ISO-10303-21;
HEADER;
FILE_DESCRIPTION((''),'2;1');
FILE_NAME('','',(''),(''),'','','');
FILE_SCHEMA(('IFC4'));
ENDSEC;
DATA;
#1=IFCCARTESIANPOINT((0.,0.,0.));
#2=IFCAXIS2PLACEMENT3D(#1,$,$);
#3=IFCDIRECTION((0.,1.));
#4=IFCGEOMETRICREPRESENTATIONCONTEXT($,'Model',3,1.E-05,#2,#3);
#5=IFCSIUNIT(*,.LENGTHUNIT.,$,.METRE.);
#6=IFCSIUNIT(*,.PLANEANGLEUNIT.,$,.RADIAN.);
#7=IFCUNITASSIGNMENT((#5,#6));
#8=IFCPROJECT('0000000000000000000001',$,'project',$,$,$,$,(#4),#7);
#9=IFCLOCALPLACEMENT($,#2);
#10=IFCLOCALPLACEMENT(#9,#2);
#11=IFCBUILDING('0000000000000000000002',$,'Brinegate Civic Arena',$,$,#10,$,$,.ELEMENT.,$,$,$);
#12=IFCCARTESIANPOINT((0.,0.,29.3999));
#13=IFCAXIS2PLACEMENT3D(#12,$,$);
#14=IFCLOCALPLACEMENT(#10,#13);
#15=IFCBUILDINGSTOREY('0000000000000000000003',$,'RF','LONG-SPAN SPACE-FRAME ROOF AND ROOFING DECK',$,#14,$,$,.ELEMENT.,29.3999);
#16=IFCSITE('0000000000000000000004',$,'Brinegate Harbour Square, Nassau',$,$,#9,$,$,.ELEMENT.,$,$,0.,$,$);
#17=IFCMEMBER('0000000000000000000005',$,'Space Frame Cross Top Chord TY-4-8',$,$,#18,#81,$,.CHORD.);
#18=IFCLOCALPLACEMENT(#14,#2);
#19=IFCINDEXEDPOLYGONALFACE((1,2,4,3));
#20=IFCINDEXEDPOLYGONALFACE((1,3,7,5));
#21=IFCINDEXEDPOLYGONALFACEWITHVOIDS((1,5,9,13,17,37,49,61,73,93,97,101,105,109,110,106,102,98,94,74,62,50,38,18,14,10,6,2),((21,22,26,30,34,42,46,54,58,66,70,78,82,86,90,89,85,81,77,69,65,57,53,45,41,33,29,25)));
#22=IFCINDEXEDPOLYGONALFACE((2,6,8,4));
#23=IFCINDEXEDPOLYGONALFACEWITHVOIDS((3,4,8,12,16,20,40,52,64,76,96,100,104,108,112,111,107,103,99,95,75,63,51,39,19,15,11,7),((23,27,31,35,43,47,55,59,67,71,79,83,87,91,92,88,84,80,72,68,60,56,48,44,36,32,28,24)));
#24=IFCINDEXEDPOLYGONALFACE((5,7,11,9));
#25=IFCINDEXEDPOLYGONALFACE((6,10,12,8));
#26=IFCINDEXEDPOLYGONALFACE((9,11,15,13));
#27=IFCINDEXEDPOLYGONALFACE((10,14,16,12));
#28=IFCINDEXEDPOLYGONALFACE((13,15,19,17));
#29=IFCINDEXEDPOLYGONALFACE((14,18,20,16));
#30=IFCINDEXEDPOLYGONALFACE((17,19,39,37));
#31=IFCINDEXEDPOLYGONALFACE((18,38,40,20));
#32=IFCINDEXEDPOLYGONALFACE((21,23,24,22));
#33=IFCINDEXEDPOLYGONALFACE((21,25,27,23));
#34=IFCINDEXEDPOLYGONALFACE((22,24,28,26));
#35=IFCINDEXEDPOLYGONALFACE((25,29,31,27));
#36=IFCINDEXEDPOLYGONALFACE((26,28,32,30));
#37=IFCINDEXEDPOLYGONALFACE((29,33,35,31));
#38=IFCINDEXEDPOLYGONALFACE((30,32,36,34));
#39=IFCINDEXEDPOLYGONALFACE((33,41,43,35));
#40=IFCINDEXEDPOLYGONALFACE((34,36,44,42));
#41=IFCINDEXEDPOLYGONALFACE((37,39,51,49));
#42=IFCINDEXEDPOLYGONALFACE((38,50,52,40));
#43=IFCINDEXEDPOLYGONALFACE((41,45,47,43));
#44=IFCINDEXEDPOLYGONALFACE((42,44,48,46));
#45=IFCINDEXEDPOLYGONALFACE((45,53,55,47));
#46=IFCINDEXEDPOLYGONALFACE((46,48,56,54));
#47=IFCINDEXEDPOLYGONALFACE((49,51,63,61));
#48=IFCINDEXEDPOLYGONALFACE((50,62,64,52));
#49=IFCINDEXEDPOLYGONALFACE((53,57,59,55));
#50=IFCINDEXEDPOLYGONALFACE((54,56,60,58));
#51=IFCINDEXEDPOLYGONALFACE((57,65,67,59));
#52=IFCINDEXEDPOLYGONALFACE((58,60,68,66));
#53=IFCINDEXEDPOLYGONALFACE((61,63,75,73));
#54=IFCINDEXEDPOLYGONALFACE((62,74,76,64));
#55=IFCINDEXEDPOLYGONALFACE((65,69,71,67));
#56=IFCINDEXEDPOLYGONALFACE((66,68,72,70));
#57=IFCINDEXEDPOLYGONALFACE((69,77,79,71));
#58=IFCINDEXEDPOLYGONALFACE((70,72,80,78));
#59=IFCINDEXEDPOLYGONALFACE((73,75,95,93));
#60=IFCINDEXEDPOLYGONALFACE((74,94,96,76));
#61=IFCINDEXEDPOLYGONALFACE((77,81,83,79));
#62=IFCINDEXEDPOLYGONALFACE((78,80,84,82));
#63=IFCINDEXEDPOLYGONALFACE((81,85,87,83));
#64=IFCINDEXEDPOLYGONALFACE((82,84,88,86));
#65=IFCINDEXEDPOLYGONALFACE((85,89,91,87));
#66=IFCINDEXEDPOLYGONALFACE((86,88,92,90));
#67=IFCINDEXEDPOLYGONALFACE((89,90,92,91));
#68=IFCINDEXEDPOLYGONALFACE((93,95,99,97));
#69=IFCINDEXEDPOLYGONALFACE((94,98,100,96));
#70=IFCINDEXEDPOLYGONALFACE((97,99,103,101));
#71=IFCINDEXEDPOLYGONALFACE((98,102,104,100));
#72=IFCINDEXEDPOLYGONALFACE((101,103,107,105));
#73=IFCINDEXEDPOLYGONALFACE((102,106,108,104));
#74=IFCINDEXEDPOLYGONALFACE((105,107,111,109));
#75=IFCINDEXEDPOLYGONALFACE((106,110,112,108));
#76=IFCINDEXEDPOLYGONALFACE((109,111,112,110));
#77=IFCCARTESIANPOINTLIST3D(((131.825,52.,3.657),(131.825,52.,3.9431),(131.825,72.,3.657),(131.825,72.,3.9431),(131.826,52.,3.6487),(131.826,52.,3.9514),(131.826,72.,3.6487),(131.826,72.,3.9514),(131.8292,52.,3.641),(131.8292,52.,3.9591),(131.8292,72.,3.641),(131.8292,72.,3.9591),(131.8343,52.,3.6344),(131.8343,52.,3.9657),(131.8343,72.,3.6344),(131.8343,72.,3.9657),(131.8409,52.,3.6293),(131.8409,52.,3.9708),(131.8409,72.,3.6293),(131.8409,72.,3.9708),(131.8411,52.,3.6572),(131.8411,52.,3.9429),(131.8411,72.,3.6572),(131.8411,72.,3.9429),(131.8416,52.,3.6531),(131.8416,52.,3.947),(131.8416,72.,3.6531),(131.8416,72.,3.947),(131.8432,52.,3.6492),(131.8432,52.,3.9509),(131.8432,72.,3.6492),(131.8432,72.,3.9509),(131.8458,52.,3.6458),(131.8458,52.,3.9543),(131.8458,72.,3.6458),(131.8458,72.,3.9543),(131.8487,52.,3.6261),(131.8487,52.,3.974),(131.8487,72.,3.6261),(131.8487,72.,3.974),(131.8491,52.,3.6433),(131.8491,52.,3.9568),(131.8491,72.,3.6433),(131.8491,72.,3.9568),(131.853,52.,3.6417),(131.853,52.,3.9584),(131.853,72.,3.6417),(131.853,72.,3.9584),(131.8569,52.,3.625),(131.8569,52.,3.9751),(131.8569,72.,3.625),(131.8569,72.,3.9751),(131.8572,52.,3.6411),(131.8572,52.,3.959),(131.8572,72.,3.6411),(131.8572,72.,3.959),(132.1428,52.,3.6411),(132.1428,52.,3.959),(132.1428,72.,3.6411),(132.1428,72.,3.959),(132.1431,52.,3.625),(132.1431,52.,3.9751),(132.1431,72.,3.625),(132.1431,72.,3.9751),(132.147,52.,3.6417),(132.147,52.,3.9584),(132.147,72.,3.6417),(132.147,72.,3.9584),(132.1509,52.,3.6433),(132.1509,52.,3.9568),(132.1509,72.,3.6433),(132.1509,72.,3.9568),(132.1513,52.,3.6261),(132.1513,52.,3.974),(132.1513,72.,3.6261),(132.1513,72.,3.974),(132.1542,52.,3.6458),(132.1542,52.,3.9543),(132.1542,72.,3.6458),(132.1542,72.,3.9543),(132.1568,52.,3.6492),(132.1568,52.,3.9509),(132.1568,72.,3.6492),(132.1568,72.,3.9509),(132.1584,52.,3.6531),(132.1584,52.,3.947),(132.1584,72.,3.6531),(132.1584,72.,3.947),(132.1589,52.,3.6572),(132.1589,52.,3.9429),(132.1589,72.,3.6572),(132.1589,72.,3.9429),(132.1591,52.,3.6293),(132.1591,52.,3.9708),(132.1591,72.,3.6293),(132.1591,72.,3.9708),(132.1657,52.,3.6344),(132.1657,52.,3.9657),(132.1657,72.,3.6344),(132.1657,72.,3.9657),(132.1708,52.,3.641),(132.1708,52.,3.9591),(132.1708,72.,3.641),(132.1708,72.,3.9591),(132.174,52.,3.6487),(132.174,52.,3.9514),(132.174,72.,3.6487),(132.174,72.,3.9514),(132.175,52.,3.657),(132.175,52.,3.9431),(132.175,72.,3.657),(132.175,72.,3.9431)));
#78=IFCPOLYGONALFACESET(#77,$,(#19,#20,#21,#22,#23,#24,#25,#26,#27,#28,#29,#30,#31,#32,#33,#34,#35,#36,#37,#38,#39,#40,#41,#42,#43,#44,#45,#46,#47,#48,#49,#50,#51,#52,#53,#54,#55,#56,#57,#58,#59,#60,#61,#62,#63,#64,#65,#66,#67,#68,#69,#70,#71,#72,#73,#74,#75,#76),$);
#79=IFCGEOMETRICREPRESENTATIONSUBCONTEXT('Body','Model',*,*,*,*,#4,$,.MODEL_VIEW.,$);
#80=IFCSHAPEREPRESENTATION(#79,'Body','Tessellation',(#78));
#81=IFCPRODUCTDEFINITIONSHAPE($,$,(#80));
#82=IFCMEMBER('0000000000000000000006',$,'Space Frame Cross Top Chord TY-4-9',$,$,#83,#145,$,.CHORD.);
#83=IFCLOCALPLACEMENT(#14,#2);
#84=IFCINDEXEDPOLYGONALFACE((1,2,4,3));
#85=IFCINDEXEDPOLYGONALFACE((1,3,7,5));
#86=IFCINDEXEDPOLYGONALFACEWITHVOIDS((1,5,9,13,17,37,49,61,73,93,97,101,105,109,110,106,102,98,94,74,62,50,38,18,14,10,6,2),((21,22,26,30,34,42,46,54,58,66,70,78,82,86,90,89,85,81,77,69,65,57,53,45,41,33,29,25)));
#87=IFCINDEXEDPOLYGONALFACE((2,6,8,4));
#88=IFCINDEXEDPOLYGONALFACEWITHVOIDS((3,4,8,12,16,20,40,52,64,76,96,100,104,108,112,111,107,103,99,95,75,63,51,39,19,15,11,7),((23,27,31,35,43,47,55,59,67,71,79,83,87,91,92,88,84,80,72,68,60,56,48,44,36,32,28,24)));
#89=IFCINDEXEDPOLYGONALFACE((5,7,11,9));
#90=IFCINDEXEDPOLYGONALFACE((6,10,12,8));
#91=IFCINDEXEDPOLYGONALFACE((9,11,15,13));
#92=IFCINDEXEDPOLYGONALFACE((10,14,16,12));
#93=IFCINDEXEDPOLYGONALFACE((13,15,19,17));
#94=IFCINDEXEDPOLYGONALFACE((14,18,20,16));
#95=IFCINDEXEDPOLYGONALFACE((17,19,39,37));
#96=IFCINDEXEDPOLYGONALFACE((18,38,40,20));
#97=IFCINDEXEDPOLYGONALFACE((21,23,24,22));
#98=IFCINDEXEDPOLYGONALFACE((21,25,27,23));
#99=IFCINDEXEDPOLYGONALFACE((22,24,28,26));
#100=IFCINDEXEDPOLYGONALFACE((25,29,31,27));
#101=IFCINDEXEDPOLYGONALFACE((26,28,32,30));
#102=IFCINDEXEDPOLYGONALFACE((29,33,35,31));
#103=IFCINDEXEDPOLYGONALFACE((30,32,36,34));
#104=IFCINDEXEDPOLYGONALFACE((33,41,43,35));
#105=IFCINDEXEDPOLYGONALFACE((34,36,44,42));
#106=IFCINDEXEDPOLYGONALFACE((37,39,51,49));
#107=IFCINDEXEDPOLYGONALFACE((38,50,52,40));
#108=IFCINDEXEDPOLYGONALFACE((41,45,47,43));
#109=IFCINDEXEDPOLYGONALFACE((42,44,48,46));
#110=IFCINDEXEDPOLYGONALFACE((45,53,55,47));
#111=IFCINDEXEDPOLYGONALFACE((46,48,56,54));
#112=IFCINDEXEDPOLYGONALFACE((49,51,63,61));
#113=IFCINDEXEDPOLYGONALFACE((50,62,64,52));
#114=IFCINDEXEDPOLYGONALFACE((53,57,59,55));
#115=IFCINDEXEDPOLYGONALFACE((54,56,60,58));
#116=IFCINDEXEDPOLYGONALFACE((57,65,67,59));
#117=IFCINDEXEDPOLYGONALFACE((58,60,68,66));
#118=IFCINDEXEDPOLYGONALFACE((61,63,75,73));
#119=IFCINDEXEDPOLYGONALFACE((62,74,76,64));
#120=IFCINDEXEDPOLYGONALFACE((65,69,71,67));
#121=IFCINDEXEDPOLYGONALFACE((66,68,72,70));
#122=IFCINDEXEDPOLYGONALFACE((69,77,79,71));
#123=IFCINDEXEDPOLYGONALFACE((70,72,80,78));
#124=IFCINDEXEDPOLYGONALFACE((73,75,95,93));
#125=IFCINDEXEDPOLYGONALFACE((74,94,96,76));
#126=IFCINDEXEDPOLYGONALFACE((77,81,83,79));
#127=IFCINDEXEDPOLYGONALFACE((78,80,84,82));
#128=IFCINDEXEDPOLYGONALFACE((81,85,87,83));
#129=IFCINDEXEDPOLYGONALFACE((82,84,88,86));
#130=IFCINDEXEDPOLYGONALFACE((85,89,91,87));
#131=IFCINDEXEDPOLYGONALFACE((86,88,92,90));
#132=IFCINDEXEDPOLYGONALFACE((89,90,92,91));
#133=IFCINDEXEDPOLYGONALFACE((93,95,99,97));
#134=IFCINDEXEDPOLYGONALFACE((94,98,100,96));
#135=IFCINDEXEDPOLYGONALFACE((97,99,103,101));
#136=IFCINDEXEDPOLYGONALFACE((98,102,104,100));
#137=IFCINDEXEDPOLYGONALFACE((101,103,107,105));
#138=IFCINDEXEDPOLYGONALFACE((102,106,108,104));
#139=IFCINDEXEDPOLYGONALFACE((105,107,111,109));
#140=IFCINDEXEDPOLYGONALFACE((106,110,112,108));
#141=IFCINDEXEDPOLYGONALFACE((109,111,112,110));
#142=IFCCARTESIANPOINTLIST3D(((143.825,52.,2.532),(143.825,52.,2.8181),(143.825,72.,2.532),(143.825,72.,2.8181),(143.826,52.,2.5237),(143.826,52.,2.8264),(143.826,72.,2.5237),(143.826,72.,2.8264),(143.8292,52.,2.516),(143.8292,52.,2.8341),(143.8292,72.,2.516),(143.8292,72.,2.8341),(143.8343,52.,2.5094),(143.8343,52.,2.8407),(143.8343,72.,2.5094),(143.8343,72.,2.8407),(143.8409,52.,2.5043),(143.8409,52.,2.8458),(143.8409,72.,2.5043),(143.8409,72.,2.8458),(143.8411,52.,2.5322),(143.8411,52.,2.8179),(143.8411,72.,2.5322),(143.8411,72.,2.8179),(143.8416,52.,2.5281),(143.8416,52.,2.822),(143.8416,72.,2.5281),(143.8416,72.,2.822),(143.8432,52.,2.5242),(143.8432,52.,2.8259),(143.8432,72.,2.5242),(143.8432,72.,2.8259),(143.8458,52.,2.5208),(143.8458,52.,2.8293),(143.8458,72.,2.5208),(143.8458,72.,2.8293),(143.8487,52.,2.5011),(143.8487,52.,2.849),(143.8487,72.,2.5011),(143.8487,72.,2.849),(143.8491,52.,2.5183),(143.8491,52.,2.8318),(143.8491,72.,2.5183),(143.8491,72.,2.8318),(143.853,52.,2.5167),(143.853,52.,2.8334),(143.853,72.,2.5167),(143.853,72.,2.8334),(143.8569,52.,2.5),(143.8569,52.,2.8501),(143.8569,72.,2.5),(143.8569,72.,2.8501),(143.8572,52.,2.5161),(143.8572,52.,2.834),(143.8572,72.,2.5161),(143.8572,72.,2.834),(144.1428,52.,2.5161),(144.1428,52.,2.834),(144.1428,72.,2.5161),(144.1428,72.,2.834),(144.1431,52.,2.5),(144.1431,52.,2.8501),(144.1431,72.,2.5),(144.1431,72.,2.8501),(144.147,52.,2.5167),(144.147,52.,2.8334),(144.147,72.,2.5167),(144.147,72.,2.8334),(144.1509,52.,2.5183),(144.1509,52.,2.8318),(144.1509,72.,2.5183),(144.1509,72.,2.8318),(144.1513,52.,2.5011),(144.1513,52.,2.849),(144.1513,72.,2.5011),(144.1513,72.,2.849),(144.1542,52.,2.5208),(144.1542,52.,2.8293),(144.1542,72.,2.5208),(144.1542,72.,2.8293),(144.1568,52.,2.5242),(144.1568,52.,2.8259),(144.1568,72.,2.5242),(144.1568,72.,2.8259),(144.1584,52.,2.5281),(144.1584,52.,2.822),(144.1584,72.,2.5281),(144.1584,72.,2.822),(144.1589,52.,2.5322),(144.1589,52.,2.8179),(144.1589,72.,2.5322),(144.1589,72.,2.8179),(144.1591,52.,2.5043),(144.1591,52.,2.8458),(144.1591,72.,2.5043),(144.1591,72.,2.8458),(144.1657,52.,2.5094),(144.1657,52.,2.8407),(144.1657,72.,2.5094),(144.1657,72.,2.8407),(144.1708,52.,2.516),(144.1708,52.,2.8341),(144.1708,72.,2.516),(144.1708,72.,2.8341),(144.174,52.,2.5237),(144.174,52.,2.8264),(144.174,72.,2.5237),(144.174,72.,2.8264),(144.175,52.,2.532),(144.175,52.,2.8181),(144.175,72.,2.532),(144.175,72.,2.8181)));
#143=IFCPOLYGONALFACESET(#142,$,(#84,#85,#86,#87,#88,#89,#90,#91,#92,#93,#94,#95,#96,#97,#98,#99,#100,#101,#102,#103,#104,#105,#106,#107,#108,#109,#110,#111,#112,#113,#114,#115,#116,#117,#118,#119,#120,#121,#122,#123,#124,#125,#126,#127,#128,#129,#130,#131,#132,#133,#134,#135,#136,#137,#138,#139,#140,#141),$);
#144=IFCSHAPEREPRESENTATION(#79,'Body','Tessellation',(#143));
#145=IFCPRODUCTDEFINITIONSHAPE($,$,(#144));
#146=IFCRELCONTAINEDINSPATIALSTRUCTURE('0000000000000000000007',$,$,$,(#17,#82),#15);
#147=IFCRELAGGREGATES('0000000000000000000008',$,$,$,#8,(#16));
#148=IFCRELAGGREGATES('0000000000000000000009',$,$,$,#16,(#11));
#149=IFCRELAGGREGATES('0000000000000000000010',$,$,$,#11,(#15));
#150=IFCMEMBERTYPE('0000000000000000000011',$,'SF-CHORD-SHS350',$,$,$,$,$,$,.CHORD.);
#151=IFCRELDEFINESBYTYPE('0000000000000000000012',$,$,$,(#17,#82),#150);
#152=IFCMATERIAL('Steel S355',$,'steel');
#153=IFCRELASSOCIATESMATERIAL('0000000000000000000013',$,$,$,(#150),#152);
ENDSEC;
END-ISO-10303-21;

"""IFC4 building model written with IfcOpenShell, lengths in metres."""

from ifc_helpers import new_model, si_unit, direction, frame, origin, origin_2d, place, context, subcontext, project, spatial, hollow_rectangle, extrude, material, material_profile, profile_set, type_object, element, save


model = new_model("IFC4")

# Units and contexts
model_context = context("Model", 3, precision=1e-05, world=origin(), true_north=direction((0.0, 1.0)))
body_context = subcontext(model_context, "Body", "Model", "MODEL_VIEW")
ifc_project = project(units=[si_unit("LENGTHUNIT", "METRE"), si_unit("PLANEANGLEUNIT", "RADIAN")], contexts=[model_context])

# Site, building, storey
site_placement = place(None, origin())
site = spatial("IfcSite", under=ifc_project, at=site_placement, Name="Brinegate Harbour Square, Nassau", CompositionType="ELEMENT", RefElevation=0.0)
building_placement = place(site_placement, origin())
building = spatial("IfcBuilding", under=site, at=building_placement, Name="Brinegate Civic Arena", CompositionType="ELEMENT")
storey_placement = place(building_placement, frame((0.0, 0.0, 29.3999)))
storey = spatial("IfcBuildingStorey", under=building, at=storey_placement, Name="RF", Description="LONG-SPAN SPACE-FRAME ROOF AND ROOFING DECK", CompositionType="ELEMENT", Elevation=29.3999)

# Shared definitions
ifc_material_1 = material(Name="Steel S355", Category="steel")

# Members
ifc_material_profile_1 = material_profile(ifc_material_1, hollow_rectangle(XDim=0.3501, YDim=0.3501, WallThickness=0.0161, InnerFilletRadius=0.0161, OuterFilletRadius=0.032, at=origin_2d()), Name="SHS350X16")
ifc_profile_set_1 = profile_set([ifc_material_profile_1], Name="Steel S355")
member_type_1 = type_object("IfcMemberType", Name="SF-CHORD-SHS350", PredefinedType="CHORD", material=ifc_profile_set_1)
for number, where, z_axis, x_axis, name in (
    (1, (132.0, 52.0, 3.8), (0.0, 1.0, 0.0), (-1.0, 0.0, 0.0), "Space Frame Cross Top Chord TY-4-8"),
    (2, (144.0, 52.0, 2.675), (0.0, 1.0, 0.0), (-1.0, 0.0, 0.0), "Space Frame Cross Top Chord TY-4-9"),
):
    element("IfcMember", number, at=place(storey_placement, frame(where, z_axis=z_axis, x_axis=x_axis)), inside=storey, type_object=member_type_1, Name=name, PredefinedType="CHORD", context=body_context, shape_type="SweptSolid", body=[
        extrude(hollow_rectangle(XDim=0.3501, YDim=0.3501, WallThickness=0.0161, InnerFilletRadius=0.0161, OuterFilletRadius=0.032, at=origin_2d()), origin(), (0.0, 0.0, 1.0), 20.0),
    ])

save(model, "model.ifc")
